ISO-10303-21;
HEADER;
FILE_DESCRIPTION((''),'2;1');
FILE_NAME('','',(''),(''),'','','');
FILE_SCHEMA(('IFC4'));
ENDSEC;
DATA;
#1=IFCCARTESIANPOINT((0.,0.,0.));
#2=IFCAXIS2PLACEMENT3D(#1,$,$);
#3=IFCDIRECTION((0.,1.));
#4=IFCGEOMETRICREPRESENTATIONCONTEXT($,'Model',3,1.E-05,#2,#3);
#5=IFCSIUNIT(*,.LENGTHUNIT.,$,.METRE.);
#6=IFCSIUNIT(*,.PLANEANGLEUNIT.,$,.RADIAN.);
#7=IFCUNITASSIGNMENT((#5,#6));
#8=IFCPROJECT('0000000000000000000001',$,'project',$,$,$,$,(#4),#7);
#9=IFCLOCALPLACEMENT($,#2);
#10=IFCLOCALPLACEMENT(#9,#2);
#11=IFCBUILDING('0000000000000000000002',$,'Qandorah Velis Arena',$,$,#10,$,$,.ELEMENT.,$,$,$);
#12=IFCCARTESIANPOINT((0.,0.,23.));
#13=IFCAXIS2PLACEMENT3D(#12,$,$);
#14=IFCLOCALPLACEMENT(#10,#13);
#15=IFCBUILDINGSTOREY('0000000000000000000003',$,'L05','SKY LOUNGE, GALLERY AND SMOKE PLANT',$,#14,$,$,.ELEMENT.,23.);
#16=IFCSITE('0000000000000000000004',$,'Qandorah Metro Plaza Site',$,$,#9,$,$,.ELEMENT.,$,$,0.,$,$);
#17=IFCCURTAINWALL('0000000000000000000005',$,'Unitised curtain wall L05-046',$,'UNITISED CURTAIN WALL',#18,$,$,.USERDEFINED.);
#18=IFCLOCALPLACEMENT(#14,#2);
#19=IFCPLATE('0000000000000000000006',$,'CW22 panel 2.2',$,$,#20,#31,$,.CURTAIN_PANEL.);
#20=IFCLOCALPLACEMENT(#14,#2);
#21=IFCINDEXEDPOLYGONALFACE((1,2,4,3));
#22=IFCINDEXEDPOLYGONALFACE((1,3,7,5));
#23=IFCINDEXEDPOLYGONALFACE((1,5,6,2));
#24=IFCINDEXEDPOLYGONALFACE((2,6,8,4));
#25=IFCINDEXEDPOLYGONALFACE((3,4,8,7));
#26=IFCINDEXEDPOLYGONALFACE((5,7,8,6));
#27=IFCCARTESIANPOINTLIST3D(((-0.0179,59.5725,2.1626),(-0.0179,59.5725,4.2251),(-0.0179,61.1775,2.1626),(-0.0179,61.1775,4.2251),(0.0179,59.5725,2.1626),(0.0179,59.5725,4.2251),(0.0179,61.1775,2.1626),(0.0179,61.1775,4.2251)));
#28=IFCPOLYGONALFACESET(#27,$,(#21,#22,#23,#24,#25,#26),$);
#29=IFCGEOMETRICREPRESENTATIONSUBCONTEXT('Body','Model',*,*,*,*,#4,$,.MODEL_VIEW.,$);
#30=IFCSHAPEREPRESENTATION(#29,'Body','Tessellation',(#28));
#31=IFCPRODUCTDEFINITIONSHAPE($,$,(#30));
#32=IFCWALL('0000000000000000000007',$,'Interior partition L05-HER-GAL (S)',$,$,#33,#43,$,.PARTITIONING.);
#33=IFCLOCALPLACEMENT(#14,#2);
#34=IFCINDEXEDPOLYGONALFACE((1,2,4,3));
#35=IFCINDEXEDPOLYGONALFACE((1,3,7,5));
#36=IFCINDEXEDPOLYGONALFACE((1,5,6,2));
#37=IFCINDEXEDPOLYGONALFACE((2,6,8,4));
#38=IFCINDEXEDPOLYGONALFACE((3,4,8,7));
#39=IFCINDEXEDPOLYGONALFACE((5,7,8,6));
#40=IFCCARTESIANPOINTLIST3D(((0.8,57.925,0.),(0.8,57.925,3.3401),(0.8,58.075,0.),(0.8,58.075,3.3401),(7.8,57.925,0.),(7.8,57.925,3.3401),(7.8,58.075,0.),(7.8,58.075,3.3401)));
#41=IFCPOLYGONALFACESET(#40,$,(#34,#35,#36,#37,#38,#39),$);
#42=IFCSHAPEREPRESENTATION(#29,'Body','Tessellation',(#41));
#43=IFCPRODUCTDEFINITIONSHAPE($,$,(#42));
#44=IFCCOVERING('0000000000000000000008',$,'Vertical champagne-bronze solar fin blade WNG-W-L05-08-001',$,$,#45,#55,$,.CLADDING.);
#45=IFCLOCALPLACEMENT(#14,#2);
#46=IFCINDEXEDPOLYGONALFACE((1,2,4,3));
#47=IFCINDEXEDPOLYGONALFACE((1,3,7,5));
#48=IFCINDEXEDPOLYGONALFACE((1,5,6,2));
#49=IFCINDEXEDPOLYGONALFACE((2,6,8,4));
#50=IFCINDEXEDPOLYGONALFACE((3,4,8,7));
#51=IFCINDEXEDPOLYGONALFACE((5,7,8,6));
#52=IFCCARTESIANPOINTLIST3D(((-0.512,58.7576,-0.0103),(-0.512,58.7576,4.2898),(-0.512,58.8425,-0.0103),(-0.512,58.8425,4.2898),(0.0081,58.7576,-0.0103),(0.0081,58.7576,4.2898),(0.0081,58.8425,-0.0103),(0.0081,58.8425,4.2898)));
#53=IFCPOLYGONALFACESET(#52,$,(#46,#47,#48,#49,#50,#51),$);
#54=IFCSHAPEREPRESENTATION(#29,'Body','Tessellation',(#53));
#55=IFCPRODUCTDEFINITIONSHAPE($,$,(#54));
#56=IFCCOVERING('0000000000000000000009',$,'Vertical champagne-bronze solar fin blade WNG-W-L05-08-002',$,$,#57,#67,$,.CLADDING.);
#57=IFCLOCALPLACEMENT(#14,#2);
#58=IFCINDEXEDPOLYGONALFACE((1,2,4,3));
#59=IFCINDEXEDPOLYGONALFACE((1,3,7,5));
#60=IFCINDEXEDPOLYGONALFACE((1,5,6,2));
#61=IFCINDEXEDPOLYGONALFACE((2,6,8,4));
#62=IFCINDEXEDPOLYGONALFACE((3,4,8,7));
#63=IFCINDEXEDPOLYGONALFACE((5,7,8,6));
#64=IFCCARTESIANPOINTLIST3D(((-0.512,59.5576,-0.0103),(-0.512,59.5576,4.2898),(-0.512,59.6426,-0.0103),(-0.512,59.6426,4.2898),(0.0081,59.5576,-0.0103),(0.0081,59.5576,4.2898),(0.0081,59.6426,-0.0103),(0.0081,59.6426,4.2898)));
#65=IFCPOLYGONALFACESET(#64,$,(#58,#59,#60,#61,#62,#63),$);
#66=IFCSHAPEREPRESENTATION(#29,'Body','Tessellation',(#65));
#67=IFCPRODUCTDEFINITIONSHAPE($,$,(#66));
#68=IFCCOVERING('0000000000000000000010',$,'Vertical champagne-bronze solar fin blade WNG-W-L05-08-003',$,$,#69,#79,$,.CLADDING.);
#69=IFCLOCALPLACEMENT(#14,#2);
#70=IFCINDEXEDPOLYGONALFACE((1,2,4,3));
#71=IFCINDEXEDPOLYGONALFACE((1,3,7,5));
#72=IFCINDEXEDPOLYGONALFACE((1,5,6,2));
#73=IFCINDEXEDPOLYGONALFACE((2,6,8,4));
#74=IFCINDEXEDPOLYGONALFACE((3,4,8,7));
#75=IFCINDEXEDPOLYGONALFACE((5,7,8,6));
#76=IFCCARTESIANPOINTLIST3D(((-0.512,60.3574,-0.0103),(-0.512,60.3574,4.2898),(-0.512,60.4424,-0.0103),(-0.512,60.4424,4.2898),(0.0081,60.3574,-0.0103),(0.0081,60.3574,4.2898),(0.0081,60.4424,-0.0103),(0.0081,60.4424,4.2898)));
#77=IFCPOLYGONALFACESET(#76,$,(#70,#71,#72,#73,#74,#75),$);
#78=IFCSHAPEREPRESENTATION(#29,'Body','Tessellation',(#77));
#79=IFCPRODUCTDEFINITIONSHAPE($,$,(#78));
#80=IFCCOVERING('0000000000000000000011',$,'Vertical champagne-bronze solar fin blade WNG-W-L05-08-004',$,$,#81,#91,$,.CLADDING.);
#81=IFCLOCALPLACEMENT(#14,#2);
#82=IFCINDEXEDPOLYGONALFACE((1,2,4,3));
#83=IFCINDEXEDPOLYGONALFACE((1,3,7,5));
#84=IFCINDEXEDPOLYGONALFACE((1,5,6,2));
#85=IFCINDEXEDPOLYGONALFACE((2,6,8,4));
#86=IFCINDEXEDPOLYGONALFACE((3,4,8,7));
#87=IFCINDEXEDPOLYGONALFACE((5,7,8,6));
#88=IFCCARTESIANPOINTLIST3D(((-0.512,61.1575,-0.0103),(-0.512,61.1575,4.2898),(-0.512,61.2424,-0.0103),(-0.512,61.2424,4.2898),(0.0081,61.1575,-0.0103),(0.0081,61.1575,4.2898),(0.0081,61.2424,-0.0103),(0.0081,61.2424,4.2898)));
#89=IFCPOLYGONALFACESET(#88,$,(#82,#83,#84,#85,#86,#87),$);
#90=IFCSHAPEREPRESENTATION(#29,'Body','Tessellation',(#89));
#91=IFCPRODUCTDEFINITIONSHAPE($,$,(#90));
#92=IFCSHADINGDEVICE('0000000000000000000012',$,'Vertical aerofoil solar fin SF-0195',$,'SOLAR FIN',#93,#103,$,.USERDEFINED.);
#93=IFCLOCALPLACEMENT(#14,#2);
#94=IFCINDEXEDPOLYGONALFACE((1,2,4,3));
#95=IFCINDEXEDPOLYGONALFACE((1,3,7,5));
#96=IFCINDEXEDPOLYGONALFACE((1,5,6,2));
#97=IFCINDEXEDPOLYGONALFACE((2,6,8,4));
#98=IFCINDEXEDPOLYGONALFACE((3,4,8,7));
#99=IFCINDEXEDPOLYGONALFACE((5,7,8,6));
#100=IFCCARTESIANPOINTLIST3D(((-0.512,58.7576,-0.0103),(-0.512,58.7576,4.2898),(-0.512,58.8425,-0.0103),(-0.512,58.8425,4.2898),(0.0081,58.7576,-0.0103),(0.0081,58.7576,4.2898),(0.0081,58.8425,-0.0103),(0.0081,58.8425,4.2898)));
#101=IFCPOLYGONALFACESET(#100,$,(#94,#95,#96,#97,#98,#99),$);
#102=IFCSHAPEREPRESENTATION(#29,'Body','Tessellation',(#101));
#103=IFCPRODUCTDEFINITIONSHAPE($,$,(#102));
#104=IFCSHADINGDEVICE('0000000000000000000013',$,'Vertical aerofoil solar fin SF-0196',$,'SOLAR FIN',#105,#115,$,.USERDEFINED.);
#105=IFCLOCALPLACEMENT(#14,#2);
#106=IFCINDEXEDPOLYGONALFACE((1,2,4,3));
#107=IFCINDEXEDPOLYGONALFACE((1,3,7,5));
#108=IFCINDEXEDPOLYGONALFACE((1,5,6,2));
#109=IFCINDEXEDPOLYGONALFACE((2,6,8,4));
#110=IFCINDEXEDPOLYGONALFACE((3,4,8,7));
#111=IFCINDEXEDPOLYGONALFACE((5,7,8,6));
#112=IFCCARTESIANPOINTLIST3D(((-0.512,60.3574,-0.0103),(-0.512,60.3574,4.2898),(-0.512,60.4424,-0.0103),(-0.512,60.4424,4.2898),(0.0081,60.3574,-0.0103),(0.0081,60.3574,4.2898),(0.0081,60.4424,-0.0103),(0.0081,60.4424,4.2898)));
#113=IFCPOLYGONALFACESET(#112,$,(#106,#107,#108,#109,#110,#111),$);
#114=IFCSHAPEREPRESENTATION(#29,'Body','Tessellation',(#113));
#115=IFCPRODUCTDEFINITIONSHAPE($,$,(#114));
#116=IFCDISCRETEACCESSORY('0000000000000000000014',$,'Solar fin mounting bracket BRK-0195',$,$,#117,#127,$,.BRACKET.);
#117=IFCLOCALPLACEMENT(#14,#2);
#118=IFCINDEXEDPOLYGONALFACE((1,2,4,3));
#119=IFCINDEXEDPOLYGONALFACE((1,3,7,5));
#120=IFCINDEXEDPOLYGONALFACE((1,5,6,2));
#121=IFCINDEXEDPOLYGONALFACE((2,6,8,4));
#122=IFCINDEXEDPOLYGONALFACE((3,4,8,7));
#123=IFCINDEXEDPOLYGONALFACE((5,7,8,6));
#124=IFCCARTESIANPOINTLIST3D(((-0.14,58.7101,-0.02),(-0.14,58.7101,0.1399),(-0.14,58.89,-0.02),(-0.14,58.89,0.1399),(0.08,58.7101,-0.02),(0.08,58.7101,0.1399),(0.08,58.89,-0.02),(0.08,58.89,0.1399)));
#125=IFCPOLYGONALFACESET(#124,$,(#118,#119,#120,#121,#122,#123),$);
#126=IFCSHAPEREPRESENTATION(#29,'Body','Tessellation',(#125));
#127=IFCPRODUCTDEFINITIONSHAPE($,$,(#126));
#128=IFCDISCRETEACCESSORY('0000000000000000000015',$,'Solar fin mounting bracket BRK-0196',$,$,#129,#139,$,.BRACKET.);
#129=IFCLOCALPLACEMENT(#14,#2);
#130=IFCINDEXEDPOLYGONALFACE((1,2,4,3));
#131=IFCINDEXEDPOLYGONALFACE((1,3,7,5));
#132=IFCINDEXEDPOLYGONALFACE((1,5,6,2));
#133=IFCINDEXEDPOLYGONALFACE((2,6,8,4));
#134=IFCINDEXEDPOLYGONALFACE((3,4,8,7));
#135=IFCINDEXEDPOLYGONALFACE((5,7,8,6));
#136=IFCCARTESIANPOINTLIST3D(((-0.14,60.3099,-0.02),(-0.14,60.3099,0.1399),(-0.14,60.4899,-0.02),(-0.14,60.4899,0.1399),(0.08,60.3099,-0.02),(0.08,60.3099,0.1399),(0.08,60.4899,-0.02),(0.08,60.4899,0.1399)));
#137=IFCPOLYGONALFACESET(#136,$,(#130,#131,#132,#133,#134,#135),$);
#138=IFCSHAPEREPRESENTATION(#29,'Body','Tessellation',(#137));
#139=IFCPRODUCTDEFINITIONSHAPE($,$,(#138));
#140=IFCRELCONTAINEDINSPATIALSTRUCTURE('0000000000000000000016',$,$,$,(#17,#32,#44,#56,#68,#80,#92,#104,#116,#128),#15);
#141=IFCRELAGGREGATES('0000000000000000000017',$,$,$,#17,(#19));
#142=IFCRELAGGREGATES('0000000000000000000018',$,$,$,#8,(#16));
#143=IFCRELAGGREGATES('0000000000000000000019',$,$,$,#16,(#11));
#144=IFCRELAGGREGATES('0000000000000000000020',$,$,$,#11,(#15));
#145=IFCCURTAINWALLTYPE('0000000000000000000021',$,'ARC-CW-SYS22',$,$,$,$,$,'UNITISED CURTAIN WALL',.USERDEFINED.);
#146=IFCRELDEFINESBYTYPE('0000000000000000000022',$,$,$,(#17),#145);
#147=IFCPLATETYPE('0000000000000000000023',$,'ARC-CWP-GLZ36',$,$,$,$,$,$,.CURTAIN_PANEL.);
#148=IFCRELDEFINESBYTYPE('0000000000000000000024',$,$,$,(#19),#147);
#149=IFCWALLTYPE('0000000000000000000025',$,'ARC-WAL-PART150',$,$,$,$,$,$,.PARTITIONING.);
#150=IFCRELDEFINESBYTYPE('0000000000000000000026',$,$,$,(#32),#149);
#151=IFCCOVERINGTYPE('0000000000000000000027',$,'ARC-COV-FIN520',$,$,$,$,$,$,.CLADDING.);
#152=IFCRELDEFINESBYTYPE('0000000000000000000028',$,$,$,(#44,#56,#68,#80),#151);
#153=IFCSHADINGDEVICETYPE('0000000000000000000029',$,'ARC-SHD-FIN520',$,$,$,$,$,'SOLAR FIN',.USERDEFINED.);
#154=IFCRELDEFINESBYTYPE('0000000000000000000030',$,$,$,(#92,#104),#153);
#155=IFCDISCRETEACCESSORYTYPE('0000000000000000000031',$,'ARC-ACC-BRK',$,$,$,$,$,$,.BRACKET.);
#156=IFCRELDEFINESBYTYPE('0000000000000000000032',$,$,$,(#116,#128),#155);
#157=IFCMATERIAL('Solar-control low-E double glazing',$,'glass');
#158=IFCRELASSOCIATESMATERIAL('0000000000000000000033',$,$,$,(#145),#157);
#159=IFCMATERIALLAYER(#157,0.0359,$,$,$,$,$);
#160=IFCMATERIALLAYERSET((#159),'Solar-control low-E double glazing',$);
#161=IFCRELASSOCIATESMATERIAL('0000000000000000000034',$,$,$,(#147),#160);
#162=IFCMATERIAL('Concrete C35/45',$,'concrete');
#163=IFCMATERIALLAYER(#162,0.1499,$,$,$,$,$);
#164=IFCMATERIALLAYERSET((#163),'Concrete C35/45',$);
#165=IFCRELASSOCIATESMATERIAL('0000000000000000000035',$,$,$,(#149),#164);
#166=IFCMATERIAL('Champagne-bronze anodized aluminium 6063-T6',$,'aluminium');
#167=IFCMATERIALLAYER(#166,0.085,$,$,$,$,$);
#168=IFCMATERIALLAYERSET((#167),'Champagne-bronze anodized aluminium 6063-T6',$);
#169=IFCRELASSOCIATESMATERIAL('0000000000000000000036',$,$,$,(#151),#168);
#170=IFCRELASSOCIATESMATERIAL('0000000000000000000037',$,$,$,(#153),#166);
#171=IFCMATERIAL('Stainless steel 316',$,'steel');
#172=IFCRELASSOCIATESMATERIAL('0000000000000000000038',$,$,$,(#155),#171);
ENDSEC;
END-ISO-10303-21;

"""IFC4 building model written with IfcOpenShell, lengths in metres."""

from ifc_helpers import new_model, si_unit, direction, frame, frame_2d, origin, origin_2d, place, context, subcontext, project, spatial, rectangle, extrude, material, layer, layer_set, type_object, element, aggregate, save


model = new_model("IFC4")

# Units and contexts
model_context = context("Model", 3, precision=1e-05, world=origin(), true_north=direction((0.0, 1.0)))
body_context = subcontext(model_context, "Body", "Model", "MODEL_VIEW")
ifc_project = project(units=[si_unit("LENGTHUNIT", "METRE"), si_unit("PLANEANGLEUNIT", "RADIAN")], contexts=[model_context])

# Site, building, storey
site_placement = place(None, origin())
site = spatial("IfcSite", under=ifc_project, at=site_placement, Name="Qandorah Metro Plaza Site", CompositionType="ELEMENT", RefElevation=0.0)
building_placement = place(site_placement, origin())
building = spatial("IfcBuilding", under=site, at=building_placement, Name="Qandorah Velis Arena", CompositionType="ELEMENT")
storey_placement = place(building_placement, frame((0.0, 0.0, 23.0)))
storey = spatial("IfcBuildingStorey", under=building, at=storey_placement, Name="L05", Description="SKY LOUNGE, GALLERY AND SMOKE PLANT", CompositionType="ELEMENT", Elevation=23.0)

# Curtain wall
ifc_material_1 = material(Name="Solar-control low-E double glazing", Category="glass")
curtain_wall_type = type_object("IfcCurtainWallType", Name="ARC-CW-SYS22", ElementType="UNITISED CURTAIN WALL", PredefinedType="USERDEFINED", material=ifc_material_1)
curtain_wall_placement = place(storey_placement, origin())
curtain_wall = element("IfcCurtainWall", 1, at=curtain_wall_placement, inside=storey, type_object=curtain_wall_type, Name="Unitised curtain wall L05-046", ObjectType="UNITISED CURTAIN WALL", PredefinedType="USERDEFINED")
ifc_material_2 = material(Name="Champagne-bronze anodized aluminium 6063-T6", Category="aluminium")

# Plate
ifc_layer_1 = layer(ifc_material_1, 0.0359)
ifc_layer_set_1 = layer_set([ifc_layer_1], Name="Solar-control low-E double glazing")
plate_type = type_object("IfcPlateType", Name="ARC-CWP-GLZ36", PredefinedType="CURTAIN_PANEL", material=ifc_layer_set_1)
plate_1_placement = place(storey_placement, frame((0.0, 60.375, 2.1626), z_axis=(0.0, 0.0, 1.0), x_axis=(0.0, 1.0, 0.0)))
plate_1 = element("IfcPlate", 2, at=plate_1_placement, type_object=plate_type, Name="CW22 panel 2.2", PredefinedType="CURTAIN_PANEL", context=body_context, shape_type="SweptSolid", body=[
    extrude(rectangle(XDim=1.605, YDim=0.0359, at=origin_2d()), origin(), (0.0, 0.0, 1.0), 2.0625),
])
aggregate(curtain_wall, [plate_1])

# Wall
ifc_material_3 = material(Name="Concrete C35/45", Category="concrete")
ifc_layer_2 = layer(ifc_material_3, 0.1499)
ifc_layer_set_2 = layer_set([ifc_layer_2], Name="Concrete C35/45")
wall_type = type_object("IfcWallType", Name="ARC-WAL-PART150", PredefinedType="PARTITIONING", material=ifc_layer_set_2)
wall_placement = place(storey_placement, frame((0.8, 58.0, 0.0), z_axis=(0.0, 0.0, 1.0), x_axis=(1.0, 0.0, 0.0)))
element("IfcWall", 3, at=wall_placement, inside=storey, type_object=wall_type, Name="Interior partition L05-HER-GAL (S)", PredefinedType="PARTITIONING", context=body_context, shape_type="SweptSolid", body=[
    extrude(rectangle(XDim=7.0, YDim=0.1499, at=frame_2d((3.5, 0.0))), origin(), (0.0, 0.0, 1.0), 3.3401),
])

# Coverings
ifc_layer_3 = layer(ifc_material_2, 0.085)
ifc_layer_set_3 = layer_set([ifc_layer_3], Name="Champagne-bronze anodized aluminium 6063-T6")
covering_type = type_object("IfcCoveringType", Name="ARC-COV-FIN520", PredefinedType="CLADDING", material=ifc_layer_set_3)
for number, where, z_axis, x_axis, name in (
    (4, (-0.252, 58.8, -0.0103), (0.0, 0.0, 1.0), (1.0, 0.0, 0.0), "Vertical champagne-bronze solar fin blade WNG-W-L05-08-001"),
    (5, (-0.252, 59.6001, -0.0103), (0.0, 0.0, 1.0), (1.0, 0.0, 0.0), "Vertical champagne-bronze solar fin blade WNG-W-L05-08-002"),
    (6, (-0.252, 60.3999, -0.0103), (0.0, 0.0, 1.0), (1.0, 0.0, 0.0), "Vertical champagne-bronze solar fin blade WNG-W-L05-08-003"),
    (7, (-0.252, 61.2, -0.0103), (0.0, 0.0, 1.0), (1.0, 0.0, 0.0), "Vertical champagne-bronze solar fin blade WNG-W-L05-08-004"),
):
    element("IfcCovering", number, at=place(storey_placement, frame(where, z_axis=z_axis, x_axis=x_axis)), inside=storey, type_object=covering_type, Name=name, PredefinedType="CLADDING", context=body_context, shape_type="SweptSolid", body=[
        extrude(rectangle(XDim=0.52, YDim=0.085, at=origin_2d()), origin(), (0.0, 0.0, 1.0), 4.3),
    ])

# Shading devices
shading_device_type = type_object("IfcShadingDeviceType", Name="ARC-SHD-FIN520", ElementType="SOLAR FIN", PredefinedType="USERDEFINED", material=ifc_material_2)
for number, where, z_axis, x_axis, name in (
    (8, (-0.252, 58.8, -0.0103), (0.0, 0.0, 1.0), (1.0, 0.0, 0.0), "Vertical aerofoil solar fin SF-0195"),
    (9, (-0.252, 60.3999, -0.0103), (0.0, 0.0, 1.0), (1.0, 0.0, 0.0), "Vertical aerofoil solar fin SF-0196"),
):
    element("IfcShadingDevice", number, at=place(storey_placement, frame(where, z_axis=z_axis, x_axis=x_axis)), inside=storey, type_object=shading_device_type, Name=name, ObjectType="SOLAR FIN", PredefinedType="USERDEFINED", context=body_context, shape_type="SweptSolid", body=[
        extrude(rectangle(XDim=0.52, YDim=0.085, at=origin_2d()), origin(), (0.0, 0.0, 1.0), 4.3),
    ])

# Discrete accessories
ifc_material_4 = material(Name="Stainless steel 316", Category="steel")
discrete_accessory_type = type_object("IfcDiscreteAccessoryType", Name="ARC-ACC-BRK", PredefinedType="BRACKET", material=ifc_material_4)
for number, where, z_axis, x_axis, name in (
    (10, (-0.03, 58.8, -0.02), (0.0, 0.0, 1.0), (1.0, 0.0, 0.0), "Solar fin mounting bracket BRK-0195"),
    (11, (-0.03, 60.3999, -0.02), (0.0, 0.0, 1.0), (1.0, 0.0, 0.0), "Solar fin mounting bracket BRK-0196"),
):
    element("IfcDiscreteAccessory", number, at=place(storey_placement, frame(where, z_axis=z_axis, x_axis=x_axis)), inside=storey, type_object=discrete_accessory_type, Name=name, PredefinedType="BRACKET", context=body_context, shape_type="SweptSolid", body=[
        extrude(rectangle(XDim=0.22, YDim=0.1799, at=origin_2d()), origin(), (0.0, 0.0, 1.0), 0.1599),
    ])

save(model, "model.ifc")
